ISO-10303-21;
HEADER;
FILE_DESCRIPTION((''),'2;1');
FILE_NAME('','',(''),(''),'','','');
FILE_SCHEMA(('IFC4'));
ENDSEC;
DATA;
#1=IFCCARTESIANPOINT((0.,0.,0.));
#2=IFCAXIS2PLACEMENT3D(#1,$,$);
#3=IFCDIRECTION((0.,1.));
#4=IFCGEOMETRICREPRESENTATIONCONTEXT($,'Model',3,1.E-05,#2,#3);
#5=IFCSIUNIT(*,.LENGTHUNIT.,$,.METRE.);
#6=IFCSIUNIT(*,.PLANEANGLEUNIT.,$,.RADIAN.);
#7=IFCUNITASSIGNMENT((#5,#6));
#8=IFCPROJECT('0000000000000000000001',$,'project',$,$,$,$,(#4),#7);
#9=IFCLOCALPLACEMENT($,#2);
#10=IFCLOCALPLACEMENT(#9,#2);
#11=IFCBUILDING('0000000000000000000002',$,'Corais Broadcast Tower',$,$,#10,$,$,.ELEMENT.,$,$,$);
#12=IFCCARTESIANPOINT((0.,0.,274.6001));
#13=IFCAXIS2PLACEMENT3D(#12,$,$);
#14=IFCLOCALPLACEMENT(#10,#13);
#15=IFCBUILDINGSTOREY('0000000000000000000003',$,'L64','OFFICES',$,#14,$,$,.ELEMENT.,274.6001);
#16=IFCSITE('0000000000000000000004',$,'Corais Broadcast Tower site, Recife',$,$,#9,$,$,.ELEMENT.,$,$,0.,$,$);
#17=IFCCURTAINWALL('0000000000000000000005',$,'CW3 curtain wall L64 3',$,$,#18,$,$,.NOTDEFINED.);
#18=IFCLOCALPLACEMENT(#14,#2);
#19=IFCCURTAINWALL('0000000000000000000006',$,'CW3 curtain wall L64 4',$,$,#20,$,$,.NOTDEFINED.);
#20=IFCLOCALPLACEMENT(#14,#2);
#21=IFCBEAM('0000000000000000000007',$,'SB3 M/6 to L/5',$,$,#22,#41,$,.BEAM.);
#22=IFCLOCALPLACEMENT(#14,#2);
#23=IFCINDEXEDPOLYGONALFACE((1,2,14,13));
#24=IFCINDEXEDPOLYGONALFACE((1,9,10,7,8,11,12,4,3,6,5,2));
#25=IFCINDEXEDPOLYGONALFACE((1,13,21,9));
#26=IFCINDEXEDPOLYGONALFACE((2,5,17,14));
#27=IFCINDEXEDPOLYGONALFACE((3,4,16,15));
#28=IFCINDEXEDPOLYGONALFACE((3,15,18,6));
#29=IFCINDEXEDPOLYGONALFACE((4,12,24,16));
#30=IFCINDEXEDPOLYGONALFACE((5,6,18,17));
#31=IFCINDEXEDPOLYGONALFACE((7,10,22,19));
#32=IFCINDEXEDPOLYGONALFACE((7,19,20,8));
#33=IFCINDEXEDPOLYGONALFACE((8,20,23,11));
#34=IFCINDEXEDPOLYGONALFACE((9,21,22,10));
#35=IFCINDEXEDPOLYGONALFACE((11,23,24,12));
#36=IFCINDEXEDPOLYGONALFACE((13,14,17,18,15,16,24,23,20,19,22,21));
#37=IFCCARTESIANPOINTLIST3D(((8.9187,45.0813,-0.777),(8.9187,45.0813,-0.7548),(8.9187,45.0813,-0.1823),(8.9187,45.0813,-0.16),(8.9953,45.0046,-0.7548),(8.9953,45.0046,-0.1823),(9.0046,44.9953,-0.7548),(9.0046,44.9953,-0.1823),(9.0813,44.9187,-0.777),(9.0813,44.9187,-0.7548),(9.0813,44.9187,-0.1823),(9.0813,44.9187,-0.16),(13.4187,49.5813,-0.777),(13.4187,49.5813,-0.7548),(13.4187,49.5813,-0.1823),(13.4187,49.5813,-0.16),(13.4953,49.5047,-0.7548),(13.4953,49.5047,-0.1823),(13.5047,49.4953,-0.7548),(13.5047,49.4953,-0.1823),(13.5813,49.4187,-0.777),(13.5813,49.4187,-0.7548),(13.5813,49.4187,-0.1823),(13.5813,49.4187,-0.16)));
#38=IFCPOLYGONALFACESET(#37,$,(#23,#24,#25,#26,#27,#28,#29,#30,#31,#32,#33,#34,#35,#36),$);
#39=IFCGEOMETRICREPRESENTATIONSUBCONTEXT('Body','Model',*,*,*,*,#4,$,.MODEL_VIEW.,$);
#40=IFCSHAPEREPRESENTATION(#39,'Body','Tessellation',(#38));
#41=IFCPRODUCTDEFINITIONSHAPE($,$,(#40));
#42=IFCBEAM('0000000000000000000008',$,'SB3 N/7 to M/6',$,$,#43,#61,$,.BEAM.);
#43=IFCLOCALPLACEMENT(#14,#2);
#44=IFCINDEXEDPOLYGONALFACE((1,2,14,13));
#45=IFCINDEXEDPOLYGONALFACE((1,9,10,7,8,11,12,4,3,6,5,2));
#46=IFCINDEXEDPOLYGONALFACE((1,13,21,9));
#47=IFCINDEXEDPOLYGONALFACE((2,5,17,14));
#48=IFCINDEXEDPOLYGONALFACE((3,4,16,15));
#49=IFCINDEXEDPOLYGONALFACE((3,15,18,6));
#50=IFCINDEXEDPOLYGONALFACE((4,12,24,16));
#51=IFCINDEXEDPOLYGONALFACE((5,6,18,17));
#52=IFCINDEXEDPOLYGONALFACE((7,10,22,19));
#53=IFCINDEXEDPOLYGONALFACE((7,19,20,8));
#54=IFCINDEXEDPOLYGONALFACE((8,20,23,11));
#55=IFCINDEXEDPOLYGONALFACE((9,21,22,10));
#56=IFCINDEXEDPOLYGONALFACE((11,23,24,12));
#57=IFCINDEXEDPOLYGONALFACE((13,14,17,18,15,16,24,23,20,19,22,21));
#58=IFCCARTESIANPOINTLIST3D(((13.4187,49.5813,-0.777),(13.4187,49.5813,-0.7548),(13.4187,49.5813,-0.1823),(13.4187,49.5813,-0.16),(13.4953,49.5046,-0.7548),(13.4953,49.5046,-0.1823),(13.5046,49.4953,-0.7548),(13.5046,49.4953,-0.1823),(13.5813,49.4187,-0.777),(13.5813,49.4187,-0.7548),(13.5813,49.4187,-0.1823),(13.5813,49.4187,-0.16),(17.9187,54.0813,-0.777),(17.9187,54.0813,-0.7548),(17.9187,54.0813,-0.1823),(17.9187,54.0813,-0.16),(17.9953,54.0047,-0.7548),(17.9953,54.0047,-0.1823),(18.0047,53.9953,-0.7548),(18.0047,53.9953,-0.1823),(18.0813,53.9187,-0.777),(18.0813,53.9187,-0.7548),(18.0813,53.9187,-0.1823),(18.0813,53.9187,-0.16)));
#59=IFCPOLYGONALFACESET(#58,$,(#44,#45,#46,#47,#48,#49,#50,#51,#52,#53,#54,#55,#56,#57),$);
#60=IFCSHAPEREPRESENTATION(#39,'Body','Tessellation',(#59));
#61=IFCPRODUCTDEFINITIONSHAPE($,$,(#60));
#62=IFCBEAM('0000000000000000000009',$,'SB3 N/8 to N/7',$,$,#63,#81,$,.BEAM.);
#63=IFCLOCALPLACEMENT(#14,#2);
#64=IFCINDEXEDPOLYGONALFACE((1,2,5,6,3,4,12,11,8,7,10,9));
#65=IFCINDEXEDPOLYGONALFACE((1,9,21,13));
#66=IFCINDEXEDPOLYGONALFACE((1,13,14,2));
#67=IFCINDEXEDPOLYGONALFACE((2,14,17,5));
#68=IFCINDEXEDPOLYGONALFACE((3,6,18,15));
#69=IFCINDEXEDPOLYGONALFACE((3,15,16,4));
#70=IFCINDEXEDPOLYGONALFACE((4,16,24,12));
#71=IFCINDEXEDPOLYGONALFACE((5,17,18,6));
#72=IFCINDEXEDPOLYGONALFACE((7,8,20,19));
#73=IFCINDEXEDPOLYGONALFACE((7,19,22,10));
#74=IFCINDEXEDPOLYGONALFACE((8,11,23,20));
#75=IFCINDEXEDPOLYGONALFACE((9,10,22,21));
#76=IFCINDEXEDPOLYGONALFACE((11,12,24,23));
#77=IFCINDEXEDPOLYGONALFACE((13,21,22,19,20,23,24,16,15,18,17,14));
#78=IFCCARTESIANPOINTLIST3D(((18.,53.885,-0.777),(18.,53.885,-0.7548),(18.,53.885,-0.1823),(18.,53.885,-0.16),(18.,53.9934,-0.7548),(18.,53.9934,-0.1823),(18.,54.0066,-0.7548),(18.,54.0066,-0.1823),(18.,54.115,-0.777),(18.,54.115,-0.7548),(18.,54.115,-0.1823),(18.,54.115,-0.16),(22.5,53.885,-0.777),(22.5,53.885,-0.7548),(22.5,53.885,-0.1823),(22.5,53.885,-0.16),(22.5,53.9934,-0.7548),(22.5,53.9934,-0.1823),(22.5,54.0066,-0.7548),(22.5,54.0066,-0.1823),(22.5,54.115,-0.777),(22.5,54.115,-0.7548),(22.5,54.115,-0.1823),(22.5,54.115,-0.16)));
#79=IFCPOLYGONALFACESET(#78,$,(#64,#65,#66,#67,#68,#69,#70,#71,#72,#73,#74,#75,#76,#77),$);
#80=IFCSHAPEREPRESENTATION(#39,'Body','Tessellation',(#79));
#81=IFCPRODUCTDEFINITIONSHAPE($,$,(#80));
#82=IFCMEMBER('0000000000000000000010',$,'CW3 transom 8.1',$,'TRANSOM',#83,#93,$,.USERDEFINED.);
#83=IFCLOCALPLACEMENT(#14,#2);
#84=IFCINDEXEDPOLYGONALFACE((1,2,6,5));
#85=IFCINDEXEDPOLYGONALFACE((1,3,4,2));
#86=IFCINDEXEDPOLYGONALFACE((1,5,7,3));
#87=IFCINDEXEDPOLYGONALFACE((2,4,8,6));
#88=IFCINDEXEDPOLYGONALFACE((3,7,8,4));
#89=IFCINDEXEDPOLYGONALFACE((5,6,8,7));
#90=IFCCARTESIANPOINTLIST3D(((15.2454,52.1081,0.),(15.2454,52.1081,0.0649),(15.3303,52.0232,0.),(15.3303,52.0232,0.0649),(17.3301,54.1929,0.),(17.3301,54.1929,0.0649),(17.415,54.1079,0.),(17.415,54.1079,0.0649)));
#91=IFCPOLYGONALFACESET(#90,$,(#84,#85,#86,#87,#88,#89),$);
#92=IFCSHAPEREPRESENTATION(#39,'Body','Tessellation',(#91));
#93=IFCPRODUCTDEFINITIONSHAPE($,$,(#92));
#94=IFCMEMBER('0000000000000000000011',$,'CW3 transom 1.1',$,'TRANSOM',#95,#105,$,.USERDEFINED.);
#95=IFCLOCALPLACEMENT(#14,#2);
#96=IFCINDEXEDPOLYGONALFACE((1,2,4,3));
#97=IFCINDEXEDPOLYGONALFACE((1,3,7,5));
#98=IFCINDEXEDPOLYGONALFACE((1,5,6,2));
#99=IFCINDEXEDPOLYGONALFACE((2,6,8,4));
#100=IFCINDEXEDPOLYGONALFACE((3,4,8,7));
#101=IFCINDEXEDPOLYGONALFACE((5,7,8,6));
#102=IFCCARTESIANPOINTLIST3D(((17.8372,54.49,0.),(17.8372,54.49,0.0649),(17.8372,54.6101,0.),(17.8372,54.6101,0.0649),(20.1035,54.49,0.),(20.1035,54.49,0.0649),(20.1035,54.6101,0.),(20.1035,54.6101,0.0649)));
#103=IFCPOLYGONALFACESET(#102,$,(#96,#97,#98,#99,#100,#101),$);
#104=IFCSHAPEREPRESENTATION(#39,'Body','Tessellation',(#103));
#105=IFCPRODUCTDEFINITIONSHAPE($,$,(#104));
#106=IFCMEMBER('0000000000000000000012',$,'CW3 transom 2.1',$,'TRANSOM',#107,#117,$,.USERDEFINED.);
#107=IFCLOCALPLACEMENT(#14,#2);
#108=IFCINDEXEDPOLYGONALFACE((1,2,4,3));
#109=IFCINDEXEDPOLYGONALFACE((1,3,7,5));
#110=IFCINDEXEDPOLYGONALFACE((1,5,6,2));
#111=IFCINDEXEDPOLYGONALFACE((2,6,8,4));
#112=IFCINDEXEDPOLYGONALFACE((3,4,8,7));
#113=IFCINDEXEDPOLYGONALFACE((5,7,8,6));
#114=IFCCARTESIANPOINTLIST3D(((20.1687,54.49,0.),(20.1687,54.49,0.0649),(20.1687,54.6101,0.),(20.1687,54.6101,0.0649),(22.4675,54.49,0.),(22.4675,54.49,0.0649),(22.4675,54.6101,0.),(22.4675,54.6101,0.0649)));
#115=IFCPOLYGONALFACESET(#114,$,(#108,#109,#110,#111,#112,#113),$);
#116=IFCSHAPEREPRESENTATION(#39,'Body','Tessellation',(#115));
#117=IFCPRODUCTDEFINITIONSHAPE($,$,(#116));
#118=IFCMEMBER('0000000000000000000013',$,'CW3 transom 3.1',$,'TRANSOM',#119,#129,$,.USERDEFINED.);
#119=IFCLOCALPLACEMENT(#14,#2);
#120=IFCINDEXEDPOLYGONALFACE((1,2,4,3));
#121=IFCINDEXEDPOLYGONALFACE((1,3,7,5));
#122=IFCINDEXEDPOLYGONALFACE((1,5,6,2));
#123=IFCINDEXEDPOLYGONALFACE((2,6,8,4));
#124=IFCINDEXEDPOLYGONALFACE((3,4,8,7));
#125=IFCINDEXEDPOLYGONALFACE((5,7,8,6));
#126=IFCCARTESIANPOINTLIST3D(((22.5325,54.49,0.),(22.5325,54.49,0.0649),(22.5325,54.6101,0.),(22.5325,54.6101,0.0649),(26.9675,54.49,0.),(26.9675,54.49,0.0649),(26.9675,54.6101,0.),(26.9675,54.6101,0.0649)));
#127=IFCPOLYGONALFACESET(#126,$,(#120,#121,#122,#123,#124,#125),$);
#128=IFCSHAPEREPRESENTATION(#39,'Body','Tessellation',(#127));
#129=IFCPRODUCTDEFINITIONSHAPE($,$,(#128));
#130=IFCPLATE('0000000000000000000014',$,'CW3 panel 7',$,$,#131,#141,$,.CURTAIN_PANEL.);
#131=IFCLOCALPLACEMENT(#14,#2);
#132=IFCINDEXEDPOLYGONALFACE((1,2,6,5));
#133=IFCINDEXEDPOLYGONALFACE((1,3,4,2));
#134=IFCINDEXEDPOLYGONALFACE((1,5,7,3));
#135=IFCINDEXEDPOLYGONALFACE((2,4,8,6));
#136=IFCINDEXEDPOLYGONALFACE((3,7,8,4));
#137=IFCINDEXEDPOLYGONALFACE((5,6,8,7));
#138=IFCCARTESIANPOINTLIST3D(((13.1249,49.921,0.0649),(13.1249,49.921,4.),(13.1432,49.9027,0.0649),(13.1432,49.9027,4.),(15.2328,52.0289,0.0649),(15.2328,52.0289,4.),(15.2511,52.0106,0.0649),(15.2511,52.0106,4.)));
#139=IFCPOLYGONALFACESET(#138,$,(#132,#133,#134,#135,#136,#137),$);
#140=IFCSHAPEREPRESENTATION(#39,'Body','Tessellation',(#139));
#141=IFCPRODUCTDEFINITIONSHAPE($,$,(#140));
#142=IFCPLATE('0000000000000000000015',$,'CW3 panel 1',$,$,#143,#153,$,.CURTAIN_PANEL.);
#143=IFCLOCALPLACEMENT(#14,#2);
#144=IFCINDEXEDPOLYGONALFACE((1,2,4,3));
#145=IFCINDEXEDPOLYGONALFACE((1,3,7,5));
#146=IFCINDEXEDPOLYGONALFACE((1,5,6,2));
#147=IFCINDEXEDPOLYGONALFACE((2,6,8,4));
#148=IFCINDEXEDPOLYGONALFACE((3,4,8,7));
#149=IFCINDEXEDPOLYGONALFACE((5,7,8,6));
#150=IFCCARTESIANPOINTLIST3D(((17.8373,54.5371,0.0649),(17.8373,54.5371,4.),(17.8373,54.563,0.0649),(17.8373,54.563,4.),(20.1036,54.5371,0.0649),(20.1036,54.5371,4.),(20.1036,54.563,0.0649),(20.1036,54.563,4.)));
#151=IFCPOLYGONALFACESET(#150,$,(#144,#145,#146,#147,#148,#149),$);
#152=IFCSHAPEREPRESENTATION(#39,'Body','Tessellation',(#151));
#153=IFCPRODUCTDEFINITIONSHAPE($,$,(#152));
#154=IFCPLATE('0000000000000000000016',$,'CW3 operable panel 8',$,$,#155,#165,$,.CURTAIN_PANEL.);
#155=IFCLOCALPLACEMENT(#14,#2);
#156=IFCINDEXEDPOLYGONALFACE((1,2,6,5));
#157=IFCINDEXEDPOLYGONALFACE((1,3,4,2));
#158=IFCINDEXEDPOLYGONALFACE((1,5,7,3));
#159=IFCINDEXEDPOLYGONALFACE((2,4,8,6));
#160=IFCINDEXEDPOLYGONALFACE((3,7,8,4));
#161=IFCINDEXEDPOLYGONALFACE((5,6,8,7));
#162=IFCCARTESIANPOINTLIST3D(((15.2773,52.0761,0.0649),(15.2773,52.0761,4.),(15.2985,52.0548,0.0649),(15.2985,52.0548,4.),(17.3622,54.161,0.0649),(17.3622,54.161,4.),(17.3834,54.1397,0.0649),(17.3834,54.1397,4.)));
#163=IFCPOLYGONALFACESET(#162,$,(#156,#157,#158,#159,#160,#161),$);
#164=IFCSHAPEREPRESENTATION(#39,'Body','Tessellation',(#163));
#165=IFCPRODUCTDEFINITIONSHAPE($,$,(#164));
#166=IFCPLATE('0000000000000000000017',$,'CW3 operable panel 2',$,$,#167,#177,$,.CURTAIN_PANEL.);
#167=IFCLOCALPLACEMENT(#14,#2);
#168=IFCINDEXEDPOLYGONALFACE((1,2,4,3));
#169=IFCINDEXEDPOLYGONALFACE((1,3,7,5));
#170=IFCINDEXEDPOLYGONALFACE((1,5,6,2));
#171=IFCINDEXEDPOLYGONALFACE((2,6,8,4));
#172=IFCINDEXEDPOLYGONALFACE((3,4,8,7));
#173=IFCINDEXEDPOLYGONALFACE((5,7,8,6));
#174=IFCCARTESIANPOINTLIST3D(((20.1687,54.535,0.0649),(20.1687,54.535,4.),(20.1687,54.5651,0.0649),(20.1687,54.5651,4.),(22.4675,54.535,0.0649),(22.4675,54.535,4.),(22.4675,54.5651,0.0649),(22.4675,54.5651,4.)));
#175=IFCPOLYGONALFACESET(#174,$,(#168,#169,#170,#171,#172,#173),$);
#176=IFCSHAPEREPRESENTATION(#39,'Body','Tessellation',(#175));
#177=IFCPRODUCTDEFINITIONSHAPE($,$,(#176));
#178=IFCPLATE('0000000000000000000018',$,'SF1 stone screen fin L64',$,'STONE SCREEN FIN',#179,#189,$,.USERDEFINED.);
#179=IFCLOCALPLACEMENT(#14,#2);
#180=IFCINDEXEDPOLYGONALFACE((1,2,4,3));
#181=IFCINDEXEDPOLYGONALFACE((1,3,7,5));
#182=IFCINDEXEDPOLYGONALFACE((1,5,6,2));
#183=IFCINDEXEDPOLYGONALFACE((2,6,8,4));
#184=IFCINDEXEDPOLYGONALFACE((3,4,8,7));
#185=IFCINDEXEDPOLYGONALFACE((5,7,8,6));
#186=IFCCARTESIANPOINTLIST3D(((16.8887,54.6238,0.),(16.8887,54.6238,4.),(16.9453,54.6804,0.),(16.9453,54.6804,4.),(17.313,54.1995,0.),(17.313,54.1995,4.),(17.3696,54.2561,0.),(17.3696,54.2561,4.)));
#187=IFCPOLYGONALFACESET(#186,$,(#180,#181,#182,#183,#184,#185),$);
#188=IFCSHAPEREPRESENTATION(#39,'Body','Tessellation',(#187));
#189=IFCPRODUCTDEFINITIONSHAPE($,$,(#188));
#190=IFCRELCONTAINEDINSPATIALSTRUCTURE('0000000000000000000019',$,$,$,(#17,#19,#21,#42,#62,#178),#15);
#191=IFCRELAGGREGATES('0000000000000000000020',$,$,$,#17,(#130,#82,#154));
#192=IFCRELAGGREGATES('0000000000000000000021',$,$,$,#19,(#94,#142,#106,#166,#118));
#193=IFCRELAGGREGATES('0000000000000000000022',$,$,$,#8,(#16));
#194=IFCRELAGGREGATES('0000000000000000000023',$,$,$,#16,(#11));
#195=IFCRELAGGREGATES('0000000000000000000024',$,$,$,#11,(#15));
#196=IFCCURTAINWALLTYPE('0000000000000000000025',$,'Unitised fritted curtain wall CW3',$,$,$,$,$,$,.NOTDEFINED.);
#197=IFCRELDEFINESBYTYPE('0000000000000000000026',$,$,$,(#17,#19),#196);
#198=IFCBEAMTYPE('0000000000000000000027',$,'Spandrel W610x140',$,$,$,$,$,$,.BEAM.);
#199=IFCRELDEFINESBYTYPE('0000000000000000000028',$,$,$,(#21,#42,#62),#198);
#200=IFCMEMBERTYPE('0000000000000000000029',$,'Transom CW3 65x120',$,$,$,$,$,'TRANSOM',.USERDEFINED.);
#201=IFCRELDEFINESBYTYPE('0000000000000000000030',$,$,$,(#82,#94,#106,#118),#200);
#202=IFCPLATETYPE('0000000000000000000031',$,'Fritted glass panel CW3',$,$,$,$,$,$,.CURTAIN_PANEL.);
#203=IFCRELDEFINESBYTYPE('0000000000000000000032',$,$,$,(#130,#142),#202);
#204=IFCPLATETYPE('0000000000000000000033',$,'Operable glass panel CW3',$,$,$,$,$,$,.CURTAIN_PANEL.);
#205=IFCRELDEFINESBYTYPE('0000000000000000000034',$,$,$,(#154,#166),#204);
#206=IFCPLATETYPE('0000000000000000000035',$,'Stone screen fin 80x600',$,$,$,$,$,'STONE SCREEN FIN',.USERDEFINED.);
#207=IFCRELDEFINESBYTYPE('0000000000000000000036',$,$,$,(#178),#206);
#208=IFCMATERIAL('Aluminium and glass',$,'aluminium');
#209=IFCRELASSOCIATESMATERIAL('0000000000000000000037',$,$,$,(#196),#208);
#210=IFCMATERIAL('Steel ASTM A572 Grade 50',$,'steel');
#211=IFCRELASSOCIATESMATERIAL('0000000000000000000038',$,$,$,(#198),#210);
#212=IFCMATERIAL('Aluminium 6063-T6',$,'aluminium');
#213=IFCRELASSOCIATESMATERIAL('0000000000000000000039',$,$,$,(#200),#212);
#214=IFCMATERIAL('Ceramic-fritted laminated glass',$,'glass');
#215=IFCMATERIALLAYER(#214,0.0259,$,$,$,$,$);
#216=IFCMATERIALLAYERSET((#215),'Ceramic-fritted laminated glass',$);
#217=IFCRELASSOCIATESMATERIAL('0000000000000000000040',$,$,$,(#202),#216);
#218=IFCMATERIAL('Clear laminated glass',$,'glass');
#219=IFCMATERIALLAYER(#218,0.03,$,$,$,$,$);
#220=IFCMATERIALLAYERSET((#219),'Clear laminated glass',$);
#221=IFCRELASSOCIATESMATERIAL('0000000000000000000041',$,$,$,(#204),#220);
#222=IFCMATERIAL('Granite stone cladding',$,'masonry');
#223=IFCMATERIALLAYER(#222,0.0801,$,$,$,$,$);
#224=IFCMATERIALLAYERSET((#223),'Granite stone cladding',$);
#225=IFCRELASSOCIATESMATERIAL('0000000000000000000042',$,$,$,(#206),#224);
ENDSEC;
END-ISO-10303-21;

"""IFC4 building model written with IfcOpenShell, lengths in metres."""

from ifc_helpers import new_model, si_unit, direction, frame, origin, origin_2d, place, context, subcontext, project, spatial, rectangle, i_section, extrude, material, layer, layer_set, material_profile, profile_set, type_object, element, aggregate, save


model = new_model("IFC4")

# Units and contexts
model_context = context("Model", 3, precision=1e-05, world=origin(), true_north=direction((0.0, 1.0)))
body_context = subcontext(model_context, "Body", "Model", "MODEL_VIEW")
ifc_project = project(units=[si_unit("LENGTHUNIT", "METRE"), si_unit("PLANEANGLEUNIT", "RADIAN")], contexts=[model_context])

# Site, building, storey
site_placement = place(None, origin())
site = spatial("IfcSite", under=ifc_project, at=site_placement, Name="Corais Broadcast Tower site, Recife", CompositionType="ELEMENT", RefElevation=0.0)
building_placement = place(site_placement, origin())
building = spatial("IfcBuilding", under=site, at=building_placement, Name="Corais Broadcast Tower", CompositionType="ELEMENT")
storey_placement = place(building_placement, frame((0.0, 0.0, 274.6001)))
storey = spatial("IfcBuildingStorey", under=building, at=storey_placement, Name="L64", Description="OFFICES", CompositionType="ELEMENT", Elevation=274.6001)

# Curtain walls
ifc_material_1 = material(Name="Aluminium and glass", Category="aluminium")
curtain_wall_type = type_object("IfcCurtainWallType", Name="Unitised fritted curtain wall CW3", PredefinedType="NOTDEFINED", material=ifc_material_1)
curtain_wall_1_placement = place(storey_placement, origin())
curtain_wall_1 = element("IfcCurtainWall", 1, at=curtain_wall_1_placement, inside=storey, type_object=curtain_wall_type, Name="CW3 curtain wall L64 3", PredefinedType="NOTDEFINED")
curtain_wall_2_placement = place(storey_placement, origin())
curtain_wall_2 = element("IfcCurtainWall", 2, at=curtain_wall_2_placement, inside=storey, type_object=curtain_wall_type, Name="CW3 curtain wall L64 4", PredefinedType="NOTDEFINED")

# Beams
ifc_material_2 = material(Name="Steel ASTM A572 Grade 50", Category="steel")
ifc_material_profile_1 = material_profile(ifc_material_2, i_section(OverallWidth=0.23, OverallDepth=0.6169, WebThickness=0.0132, FlangeThickness=0.0222, at=origin_2d()), Name="W610x140")
ifc_profile_set_1 = profile_set([ifc_material_profile_1], Name="Steel ASTM A572 Grade 50")
beam_type_1 = type_object("IfcBeamType", Name="Spandrel W610x140", PredefinedType="BEAM", material=ifc_profile_set_1)
for number, where, z_axis, x_axis, name in (
    (3, (13.5, 49.5, -0.4685), (-0.707107, -0.707107, 0.0), (0.707107, -0.707107, 0.0), "SB3 M/6 to L/5"),
    (4, (18.0, 54.0, -0.4685), (-0.707107, -0.707107, 0.0), (0.707107, -0.707107, 0.0), "SB3 N/7 to M/6"),
):
    element("IfcBeam", number, at=place(storey_placement, frame(where, z_axis=z_axis, x_axis=x_axis)), inside=storey, type_object=beam_type_1, Name=name, PredefinedType="BEAM", context=body_context, shape_type="SweptSolid", body=[
        extrude(i_section(OverallWidth=0.23, OverallDepth=0.6169, WebThickness=0.0132, FlangeThickness=0.0222, at=origin_2d()), origin(), (0.0, 0.0, 1.0), 6.364),
    ])
beam_1_placement = place(storey_placement, frame((22.5, 54.0, -0.4685), z_axis=(-1.0, 0.0, 0.0), x_axis=(0.0, -1.0, 0.0)))
element("IfcBeam", 5, at=beam_1_placement, inside=storey, type_object=beam_type_1, Name="SB3 N/8 to N/7", PredefinedType="BEAM", context=body_context, shape_type="SweptSolid", body=[
    extrude(i_section(OverallWidth=0.23, OverallDepth=0.6169, WebThickness=0.0132, FlangeThickness=0.0222, at=origin_2d()), origin(), (0.0, 0.0, 1.0), 4.5),
])

# Members
ifc_material_3 = material(Name="Aluminium 6063-T6", Category="aluminium")
ifc_material_profile_2 = material_profile(ifc_material_3, rectangle(XDim=0.1201, YDim=0.0649, at=origin_2d()), Name="Transom CW3 65x120")
ifc_profile_set_2 = profile_set([ifc_material_profile_2], Name="Aluminium 6063-T6")
member_type_1 = type_object("IfcMemberType", Name="Transom CW3 65x120", ElementType="TRANSOM", PredefinedType="USERDEFINED", material=ifc_profile_set_2)
member_1_placement = place(storey_placement, frame((15.2878, 52.0657, 0.0325), z_axis=(0.707107, 0.707107, 0.0), x_axis=(-0.707107, 0.707107, 0.0)))
member_1 = element("IfcMember", 6, at=member_1_placement, type_object=member_type_1, Name="CW3 transom 8.1", ObjectType="TRANSOM", PredefinedType="USERDEFINED", context=body_context, shape_type="SweptSolid", body=[
    extrude(rectangle(XDim=0.1201, YDim=0.0649, at=origin_2d()), origin(), (0.0, 0.0, 1.0), 2.9482),
])
member_2_placement = place(storey_placement, frame((17.8372, 54.55, 0.0325), z_axis=(1.0, 0.0, 0.0), x_axis=(0.0, 1.0, 0.0)))
member_2 = element("IfcMember", 7, at=member_2_placement, type_object=member_type_1, Name="CW3 transom 1.1", ObjectType="TRANSOM", PredefinedType="USERDEFINED", context=body_context, shape_type="SweptSolid", body=[
    extrude(rectangle(XDim=0.1201, YDim=0.0649, at=origin_2d()), origin(), (0.0, 0.0, 1.0), 2.2664),
])
member_3_placement = place(storey_placement, frame((20.1687, 54.55, 0.0325), z_axis=(1.0, 0.0, 0.0), x_axis=(0.0, 1.0, 0.0)))
member_3 = element("IfcMember", 8, at=member_3_placement, type_object=member_type_1, Name="CW3 transom 2.1", ObjectType="TRANSOM", PredefinedType="USERDEFINED", context=body_context, shape_type="SweptSolid", body=[
    extrude(rectangle(XDim=0.1201, YDim=0.0649, at=origin_2d()), origin(), (0.0, 0.0, 1.0), 2.2988),
])
member_4_placement = place(storey_placement, frame((22.5325, 54.55, 0.0325), z_axis=(1.0, 0.0, 0.0), x_axis=(0.0, 1.0, 0.0)))
member_4 = element("IfcMember", 9, at=member_4_placement, type_object=member_type_1, Name="CW3 transom 3.1", ObjectType="TRANSOM", PredefinedType="USERDEFINED", context=body_context, shape_type="SweptSolid", body=[
    extrude(rectangle(XDim=0.1201, YDim=0.0649, at=origin_2d()), origin(), (0.0, 0.0, 1.0), 4.4351),
])

# Plates
ifc_material_4 = material(Name="Ceramic-fritted laminated glass", Category="glass")
ifc_layer_1 = layer(ifc_material_4, 0.0259)
ifc_layer_set_1 = layer_set([ifc_layer_1], Name="Ceramic-fritted laminated glass")
plate_type_1 = type_object("IfcPlateType", Name="Fritted glass panel CW3", PredefinedType="CURTAIN_PANEL", material=ifc_layer_set_1)
plate_1_placement = place(storey_placement, frame((14.188, 50.9658, 0.0649), z_axis=(0.0, 0.0, 1.0), x_axis=(0.707107, 0.707107, 0.0)))
plate_1 = element("IfcPlate", 10, at=plate_1_placement, type_object=plate_type_1, Name="CW3 panel 7", PredefinedType="CURTAIN_PANEL", context=body_context, shape_type="SweptSolid", body=[
    extrude(rectangle(XDim=2.981, YDim=0.0259, at=origin_2d()), origin(), (0.0, 0.0, 1.0), 3.9351),
])
plate_2_placement = place(storey_placement, frame((18.9705, 54.55, 0.0649), z_axis=(0.0, 0.0, 1.0), x_axis=(1.0, 0.0, 0.0)))
plate_2 = element("IfcPlate", 11, at=plate_2_placement, type_object=plate_type_1, Name="CW3 panel 1", PredefinedType="CURTAIN_PANEL", context=body_context, shape_type="SweptSolid", body=[
    extrude(rectangle(XDim=2.2664, YDim=0.0259, at=origin_2d()), origin(), (0.0, 0.0, 1.0), 3.9351),
])
ifc_material_5 = material(Name="Clear laminated glass", Category="glass")
ifc_layer_2 = layer(ifc_material_5, 0.03)
ifc_layer_set_2 = layer_set([ifc_layer_2], Name="Clear laminated glass")
plate_type_2 = type_object("IfcPlateType", Name="Operable glass panel CW3", PredefinedType="CURTAIN_PANEL", material=ifc_layer_set_2)
plate_3_placement = place(storey_placement, frame((16.3303, 53.1079, 0.0649), z_axis=(0.0, 0.0, 1.0), x_axis=(0.707107, 0.707107, 0.0)))
plate_3 = element("IfcPlate", 12, at=plate_3_placement, type_object=plate_type_2, Name="CW3 operable panel 8", PredefinedType="CURTAIN_PANEL", context=body_context, shape_type="SweptSolid", body=[
    extrude(rectangle(XDim=2.9485, YDim=0.03, at=origin_2d()), origin(), (0.0, 0.0, 1.0), 3.9351),
])
aggregate(curtain_wall_1, [plate_1, member_1, plate_3])
plate_4_placement = place(storey_placement, frame((21.3181, 54.55, 0.0649), z_axis=(0.0, 0.0, 1.0), x_axis=(1.0, 0.0, 0.0)))
plate_4 = element("IfcPlate", 13, at=plate_4_placement, type_object=plate_type_2, Name="CW3 operable panel 2", PredefinedType="CURTAIN_PANEL", context=body_context, shape_type="SweptSolid", body=[
    extrude(rectangle(XDim=2.2988, YDim=0.03, at=origin_2d()), origin(), (0.0, 0.0, 1.0), 3.9351),
])
aggregate(curtain_wall_2, [member_2, plate_2, member_3, plate_4, member_4])
ifc_material_6 = material(Name="Granite stone cladding", Category="masonry")
ifc_layer_3 = layer(ifc_material_6, 0.0801)
ifc_layer_set_3 = layer_set([ifc_layer_3], Name="Granite stone cladding")
plate_type_3 = type_object("IfcPlateType", Name="Stone screen fin 80x600", ElementType="STONE SCREEN FIN", PredefinedType="USERDEFINED", material=ifc_layer_set_3)
plate_5_placement = place(storey_placement, frame((17.1292, 54.4399, 0.0), z_axis=(0.0, 0.0, 1.0), x_axis=(0.707107, 0.707107, 0.0)))
element("IfcPlate", 14, at=plate_5_placement, inside=storey, type_object=plate_type_3, Name="SF1 stone screen fin L64", ObjectType="STONE SCREEN FIN", PredefinedType="USERDEFINED", context=body_context, shape_type="SweptSolid", body=[
    extrude(rectangle(XDim=0.0801, YDim=0.6001, at=origin_2d()), origin(), (0.0, 0.0, 1.0), 4.0),
])

save(model, "model.ifc")
